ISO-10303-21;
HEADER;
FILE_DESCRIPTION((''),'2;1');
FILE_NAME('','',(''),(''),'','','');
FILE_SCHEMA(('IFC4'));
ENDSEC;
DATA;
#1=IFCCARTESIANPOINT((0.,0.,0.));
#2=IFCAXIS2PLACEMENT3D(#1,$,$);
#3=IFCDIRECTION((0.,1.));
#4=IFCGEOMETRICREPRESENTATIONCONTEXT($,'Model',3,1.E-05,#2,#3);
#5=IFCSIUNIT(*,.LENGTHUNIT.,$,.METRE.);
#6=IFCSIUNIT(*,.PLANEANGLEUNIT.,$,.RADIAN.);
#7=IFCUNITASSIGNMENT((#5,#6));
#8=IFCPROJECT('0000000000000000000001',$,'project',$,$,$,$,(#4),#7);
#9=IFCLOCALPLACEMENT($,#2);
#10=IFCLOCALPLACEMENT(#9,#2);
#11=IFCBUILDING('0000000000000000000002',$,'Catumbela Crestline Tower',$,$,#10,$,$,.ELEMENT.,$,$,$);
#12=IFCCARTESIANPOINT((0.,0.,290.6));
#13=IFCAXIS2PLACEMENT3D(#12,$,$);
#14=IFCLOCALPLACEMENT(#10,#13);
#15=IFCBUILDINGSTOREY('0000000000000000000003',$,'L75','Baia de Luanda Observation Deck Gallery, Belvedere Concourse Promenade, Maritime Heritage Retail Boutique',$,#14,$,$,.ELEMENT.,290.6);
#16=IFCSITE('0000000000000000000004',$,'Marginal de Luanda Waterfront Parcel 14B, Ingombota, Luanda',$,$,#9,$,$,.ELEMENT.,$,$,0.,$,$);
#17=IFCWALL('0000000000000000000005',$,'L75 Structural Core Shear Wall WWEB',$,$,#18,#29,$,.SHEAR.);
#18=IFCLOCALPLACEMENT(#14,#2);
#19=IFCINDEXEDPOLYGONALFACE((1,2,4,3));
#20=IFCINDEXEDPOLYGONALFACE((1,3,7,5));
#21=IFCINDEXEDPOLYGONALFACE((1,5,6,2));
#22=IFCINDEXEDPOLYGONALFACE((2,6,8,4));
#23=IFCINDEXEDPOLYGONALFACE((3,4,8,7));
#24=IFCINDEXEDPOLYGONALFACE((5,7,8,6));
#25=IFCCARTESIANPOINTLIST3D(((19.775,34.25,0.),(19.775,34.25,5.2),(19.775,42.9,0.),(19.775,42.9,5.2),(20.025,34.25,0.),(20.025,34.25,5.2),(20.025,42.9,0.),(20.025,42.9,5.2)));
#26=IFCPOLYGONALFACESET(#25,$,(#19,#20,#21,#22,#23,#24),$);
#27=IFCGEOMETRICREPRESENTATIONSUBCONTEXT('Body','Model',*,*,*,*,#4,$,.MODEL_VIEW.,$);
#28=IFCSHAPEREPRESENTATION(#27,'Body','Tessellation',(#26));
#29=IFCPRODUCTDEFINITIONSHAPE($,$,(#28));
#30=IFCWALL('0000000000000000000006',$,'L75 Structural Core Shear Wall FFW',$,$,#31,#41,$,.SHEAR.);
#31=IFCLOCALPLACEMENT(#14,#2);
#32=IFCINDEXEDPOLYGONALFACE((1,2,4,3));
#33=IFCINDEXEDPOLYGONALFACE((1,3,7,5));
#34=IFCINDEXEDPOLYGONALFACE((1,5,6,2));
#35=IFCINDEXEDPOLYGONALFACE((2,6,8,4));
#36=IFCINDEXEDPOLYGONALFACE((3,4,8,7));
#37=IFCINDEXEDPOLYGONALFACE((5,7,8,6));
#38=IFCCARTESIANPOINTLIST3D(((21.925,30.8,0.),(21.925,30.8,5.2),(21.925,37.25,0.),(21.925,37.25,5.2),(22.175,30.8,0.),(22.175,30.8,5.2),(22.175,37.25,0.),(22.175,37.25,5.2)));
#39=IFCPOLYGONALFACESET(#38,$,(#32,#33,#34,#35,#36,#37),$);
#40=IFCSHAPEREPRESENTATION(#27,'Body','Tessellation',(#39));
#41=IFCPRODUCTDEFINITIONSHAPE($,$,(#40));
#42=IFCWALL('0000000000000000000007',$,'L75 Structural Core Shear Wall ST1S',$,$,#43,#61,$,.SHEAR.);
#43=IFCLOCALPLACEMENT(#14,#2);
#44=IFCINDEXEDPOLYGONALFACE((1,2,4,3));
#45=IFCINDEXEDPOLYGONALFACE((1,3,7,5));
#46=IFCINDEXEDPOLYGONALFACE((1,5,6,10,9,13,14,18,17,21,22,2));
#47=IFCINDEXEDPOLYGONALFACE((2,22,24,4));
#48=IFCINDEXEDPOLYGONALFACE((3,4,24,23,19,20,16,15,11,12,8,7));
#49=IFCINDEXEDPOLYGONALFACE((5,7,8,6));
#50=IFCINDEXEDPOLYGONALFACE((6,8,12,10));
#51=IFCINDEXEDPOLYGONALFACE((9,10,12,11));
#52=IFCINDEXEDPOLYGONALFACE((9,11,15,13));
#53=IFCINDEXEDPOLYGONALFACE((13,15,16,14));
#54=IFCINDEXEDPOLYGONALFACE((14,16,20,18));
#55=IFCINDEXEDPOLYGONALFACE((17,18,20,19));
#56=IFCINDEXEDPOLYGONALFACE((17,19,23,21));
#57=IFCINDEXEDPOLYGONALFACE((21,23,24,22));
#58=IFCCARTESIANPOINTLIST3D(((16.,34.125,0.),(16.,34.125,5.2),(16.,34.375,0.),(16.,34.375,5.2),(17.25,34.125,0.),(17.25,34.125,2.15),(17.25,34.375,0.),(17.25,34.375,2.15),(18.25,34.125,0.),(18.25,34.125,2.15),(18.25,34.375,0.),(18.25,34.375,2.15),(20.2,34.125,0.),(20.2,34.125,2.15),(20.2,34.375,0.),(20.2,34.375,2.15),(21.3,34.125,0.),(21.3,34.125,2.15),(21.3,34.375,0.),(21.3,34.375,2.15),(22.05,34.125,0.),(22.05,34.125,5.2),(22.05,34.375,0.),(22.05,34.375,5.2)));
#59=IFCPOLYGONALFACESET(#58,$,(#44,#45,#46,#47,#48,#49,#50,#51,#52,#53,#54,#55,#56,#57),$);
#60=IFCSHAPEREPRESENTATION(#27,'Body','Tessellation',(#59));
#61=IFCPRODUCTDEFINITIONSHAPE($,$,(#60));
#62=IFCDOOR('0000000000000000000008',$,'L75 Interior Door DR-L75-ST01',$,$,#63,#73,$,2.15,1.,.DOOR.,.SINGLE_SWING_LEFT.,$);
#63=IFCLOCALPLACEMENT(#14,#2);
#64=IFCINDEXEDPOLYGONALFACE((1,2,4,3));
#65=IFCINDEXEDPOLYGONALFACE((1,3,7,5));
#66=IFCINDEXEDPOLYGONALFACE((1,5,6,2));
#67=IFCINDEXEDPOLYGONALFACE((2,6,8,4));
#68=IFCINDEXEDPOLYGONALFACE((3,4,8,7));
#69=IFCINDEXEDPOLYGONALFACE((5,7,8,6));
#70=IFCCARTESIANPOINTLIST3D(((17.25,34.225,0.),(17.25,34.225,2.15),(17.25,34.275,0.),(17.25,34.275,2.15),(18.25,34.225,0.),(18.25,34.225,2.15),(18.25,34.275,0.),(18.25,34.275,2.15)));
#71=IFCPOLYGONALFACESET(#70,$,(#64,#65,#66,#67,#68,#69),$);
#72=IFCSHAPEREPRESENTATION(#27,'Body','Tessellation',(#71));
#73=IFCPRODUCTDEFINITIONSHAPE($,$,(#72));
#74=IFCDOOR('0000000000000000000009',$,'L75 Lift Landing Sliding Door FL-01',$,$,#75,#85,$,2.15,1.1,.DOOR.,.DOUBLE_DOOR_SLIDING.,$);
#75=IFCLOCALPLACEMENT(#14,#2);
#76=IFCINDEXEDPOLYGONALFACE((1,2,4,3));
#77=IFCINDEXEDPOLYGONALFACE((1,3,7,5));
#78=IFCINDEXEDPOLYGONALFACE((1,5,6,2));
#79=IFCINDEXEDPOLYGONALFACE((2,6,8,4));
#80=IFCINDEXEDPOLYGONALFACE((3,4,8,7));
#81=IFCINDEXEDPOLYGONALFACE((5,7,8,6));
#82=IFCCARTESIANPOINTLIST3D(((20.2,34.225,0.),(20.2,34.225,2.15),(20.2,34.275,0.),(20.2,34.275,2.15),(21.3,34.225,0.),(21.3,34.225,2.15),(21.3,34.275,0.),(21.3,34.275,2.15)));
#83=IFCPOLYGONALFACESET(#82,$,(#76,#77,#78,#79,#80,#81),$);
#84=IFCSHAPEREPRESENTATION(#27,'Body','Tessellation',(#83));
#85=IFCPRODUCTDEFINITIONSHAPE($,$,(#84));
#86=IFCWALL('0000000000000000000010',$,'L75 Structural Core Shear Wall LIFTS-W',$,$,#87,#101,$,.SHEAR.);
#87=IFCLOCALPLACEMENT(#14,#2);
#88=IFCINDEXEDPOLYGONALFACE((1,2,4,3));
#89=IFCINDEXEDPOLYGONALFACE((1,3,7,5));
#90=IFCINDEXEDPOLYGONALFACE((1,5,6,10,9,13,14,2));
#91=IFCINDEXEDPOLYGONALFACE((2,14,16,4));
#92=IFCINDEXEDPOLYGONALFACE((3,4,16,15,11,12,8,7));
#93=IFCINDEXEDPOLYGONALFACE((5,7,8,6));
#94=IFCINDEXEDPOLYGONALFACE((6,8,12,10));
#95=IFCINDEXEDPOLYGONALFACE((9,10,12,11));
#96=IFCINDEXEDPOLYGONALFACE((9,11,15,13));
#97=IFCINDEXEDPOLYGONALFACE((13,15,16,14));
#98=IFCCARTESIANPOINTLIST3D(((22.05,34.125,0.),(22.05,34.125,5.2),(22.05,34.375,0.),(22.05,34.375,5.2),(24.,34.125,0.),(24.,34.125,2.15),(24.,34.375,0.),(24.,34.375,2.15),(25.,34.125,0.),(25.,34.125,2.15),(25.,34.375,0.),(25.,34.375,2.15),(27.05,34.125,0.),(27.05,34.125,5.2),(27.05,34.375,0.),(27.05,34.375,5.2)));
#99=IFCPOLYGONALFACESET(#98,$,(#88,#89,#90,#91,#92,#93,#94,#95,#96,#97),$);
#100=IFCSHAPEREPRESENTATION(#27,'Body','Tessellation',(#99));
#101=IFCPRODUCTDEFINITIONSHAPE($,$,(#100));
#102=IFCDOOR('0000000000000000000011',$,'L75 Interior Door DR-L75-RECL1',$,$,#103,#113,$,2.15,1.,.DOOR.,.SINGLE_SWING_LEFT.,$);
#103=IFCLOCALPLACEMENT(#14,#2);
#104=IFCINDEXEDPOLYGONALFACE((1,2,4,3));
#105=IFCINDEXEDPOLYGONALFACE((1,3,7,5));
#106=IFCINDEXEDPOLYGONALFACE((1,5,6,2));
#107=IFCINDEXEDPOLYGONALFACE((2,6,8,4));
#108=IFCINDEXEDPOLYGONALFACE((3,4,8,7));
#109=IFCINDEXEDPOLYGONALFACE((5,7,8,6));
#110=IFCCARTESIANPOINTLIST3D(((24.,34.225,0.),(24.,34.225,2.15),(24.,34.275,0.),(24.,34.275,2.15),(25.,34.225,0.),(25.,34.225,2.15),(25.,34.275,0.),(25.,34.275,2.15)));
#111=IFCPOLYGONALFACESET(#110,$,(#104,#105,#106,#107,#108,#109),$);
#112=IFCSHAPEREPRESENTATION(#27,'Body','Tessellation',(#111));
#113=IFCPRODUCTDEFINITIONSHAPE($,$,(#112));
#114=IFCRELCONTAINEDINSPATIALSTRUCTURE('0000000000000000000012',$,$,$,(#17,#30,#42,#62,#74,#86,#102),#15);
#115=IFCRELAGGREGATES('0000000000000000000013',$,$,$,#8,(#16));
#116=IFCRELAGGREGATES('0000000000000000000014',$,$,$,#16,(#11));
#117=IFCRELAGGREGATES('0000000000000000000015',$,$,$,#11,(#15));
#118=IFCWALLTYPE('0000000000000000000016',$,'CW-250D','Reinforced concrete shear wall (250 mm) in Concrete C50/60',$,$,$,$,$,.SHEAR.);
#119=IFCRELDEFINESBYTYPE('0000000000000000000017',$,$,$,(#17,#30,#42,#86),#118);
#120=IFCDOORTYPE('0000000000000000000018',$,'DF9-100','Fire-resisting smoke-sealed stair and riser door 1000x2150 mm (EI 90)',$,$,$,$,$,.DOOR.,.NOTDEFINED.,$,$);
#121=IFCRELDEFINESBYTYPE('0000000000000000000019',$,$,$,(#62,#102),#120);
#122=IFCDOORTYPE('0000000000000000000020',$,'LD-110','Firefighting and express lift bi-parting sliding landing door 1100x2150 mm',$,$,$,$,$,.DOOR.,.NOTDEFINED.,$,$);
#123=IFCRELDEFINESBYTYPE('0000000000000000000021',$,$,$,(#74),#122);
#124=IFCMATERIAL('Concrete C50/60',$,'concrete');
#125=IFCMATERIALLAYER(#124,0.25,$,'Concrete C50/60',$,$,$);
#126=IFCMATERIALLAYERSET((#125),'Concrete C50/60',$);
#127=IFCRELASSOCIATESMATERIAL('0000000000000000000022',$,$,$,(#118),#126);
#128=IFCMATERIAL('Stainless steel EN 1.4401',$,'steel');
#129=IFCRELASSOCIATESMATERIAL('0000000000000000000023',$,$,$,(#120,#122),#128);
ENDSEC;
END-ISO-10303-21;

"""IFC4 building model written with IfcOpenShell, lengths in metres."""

from ifc_helpers import new_model, si_unit, direction, frame, frame_2d, origin, place, context, subcontext, project, spatial, rectangle, extrude, material, layer, layer_set, type_object, element, fill, save


model = new_model("IFC4")

# Units and contexts
model_context = context("Model", 3, precision=1e-05, world=origin(), true_north=direction((0.0, 1.0)))
body_context = subcontext(model_context, "Body", "Model", "MODEL_VIEW")
ifc_project = project(units=[si_unit("LENGTHUNIT", "METRE"), si_unit("PLANEANGLEUNIT", "RADIAN")], contexts=[model_context])

# Site, building, storey
site_placement = place(None, origin())
site = spatial("IfcSite", under=ifc_project, at=site_placement, Name="Marginal de Luanda Waterfront Parcel 14B, Ingombota, Luanda", CompositionType="ELEMENT", RefElevation=0.0)
building_placement = place(site_placement, origin())
building = spatial("IfcBuilding", under=site, at=building_placement, Name="Catumbela Crestline Tower", CompositionType="ELEMENT")
storey_placement = place(building_placement, frame((0.0, 0.0, 290.6)))
storey = spatial("IfcBuildingStorey", under=building, at=storey_placement, Name="L75", Description="Baia de Luanda Observation Deck Gallery, Belvedere Concourse Promenade, Maritime Heritage Retail Boutique", CompositionType="ELEMENT", Elevation=290.6)

# Walls
ifc_material_1 = material(Name="Concrete C50/60", Category="concrete")
ifc_layer_1 = layer(ifc_material_1, 0.25, Name="Concrete C50/60")
ifc_layer_set_1 = layer_set([ifc_layer_1], Name="Concrete C50/60")
wall_type_1 = type_object("IfcWallType", Name="CW-250D", Description="Reinforced concrete shear wall (250 mm) in Concrete C50/60", PredefinedType="SHEAR", material=ifc_layer_set_1)
wall_1_placement = place(storey_placement, frame((19.9, 34.25, 0.0), z_axis=(0.0, 0.0, 1.0), x_axis=(0.0, 1.0, 0.0)))
element("IfcWall", 1, at=wall_1_placement, inside=storey, type_object=wall_type_1, Name="L75 Structural Core Shear Wall WWEB", PredefinedType="SHEAR", context=body_context, shape_type="SweptSolid", body=[
    extrude(rectangle(XDim=8.65, YDim=0.25, at=frame_2d((4.325, 0.0))), origin(), (0.0, 0.0, 1.0), 5.2),
])
wall_2_placement = place(storey_placement, frame((22.05, 30.8, 0.0), z_axis=(0.0, 0.0, 1.0), x_axis=(0.0, 1.0, 0.0)))
element("IfcWall", 2, at=wall_2_placement, inside=storey, type_object=wall_type_1, Name="L75 Structural Core Shear Wall FFW", PredefinedType="SHEAR", context=body_context, shape_type="SweptSolid", body=[
    extrude(rectangle(XDim=6.45, YDim=0.25, at=frame_2d((3.225, 0.0))), origin(), (0.0, 0.0, 1.0), 5.2),
])

# Wall, openings, doors
wall_3_placement = place(storey_placement, frame((16.0, 34.25, 0.0), z_axis=(0.0, 0.0, 1.0), x_axis=(1.0, 0.0, 0.0)))
wall_3 = element("IfcWall", 3, at=wall_3_placement, inside=storey, type_object=wall_type_1, Name="L75 Structural Core Shear Wall ST1S", PredefinedType="SHEAR", context=body_context, shape_type="SweptSolid", body=[
    extrude(rectangle(XDim=6.05, YDim=0.25, at=frame_2d((3.025, 0.0))), origin(), (0.0, 0.0, 1.0), 5.2),
])
opening_1_placement = place(wall_3_placement, frame((1.25, 0.0, 0.0)))
opening_1 = element("IfcOpeningElement", 4, at=opening_1_placement, cuts=wall_3, PredefinedType="OPENING", context=body_context, shape_type="SweptSolid", body=[
    extrude(rectangle(XDim=1.0, YDim=2.15, at=frame_2d((0.5, 1.075))), frame((0.0, 0.135, 0.0), z_axis=(0.0, -1.0, 0.0), x_axis=(1.0, 0.0, 0.0)), (0.0, 0.0, 1.0), 0.27),
])
opening_2_placement = place(wall_3_placement, frame((4.2, 0.0, 0.0)))
opening_2 = element("IfcOpeningElement", 5, at=opening_2_placement, cuts=wall_3, PredefinedType="OPENING", context=body_context, shape_type="SweptSolid", body=[
    extrude(rectangle(XDim=1.1, YDim=2.15, at=frame_2d((0.55, 1.075))), frame((0.0, 0.135, 0.0), z_axis=(0.0, -1.0, 0.0), x_axis=(1.0, 0.0, 0.0)), (0.0, 0.0, 1.0), 0.27),
])
ifc_material_2 = material(Name="Stainless steel EN 1.4401", Category="steel")
door_type_1 = type_object("IfcDoorType", Name="DF9-100", Description="Fire-resisting smoke-sealed stair and riser door 1000x2150 mm (EI 90)", OperationType="NOTDEFINED", PredefinedType="DOOR", material=ifc_material_2)
door_1_placement = place(opening_1_placement, origin())
door_1 = element("IfcDoor", 6, at=door_1_placement, inside=storey, type_object=door_type_1, Name="L75 Interior Door DR-L75-ST01", OperationType="SINGLE_SWING_LEFT", OverallHeight=2.15, OverallWidth=1.0, PredefinedType="DOOR", context=body_context, shape_type="SweptSolid", body=[
    extrude(rectangle(XDim=1.0, YDim=2.15, at=frame_2d((0.5, 1.075))), frame((0.0, 0.025, 0.0), z_axis=(0.0, -1.0, 0.0), x_axis=(1.0, 0.0, 0.0)), (0.0, 0.0, 1.0), 0.05),
])
fill(opening_1, door_1)
door_type_2 = type_object("IfcDoorType", Name="LD-110", Description="Firefighting and express lift bi-parting sliding landing door 1100x2150 mm", OperationType="NOTDEFINED", PredefinedType="DOOR", material=ifc_material_2)
door_2_placement = place(opening_2_placement, origin())
door_2 = element("IfcDoor", 7, at=door_2_placement, inside=storey, type_object=door_type_2, Name="L75 Lift Landing Sliding Door FL-01", OperationType="DOUBLE_DOOR_SLIDING", OverallHeight=2.15, OverallWidth=1.1, PredefinedType="DOOR", context=body_context, shape_type="SweptSolid", body=[
    extrude(rectangle(XDim=1.1, YDim=2.15, at=frame_2d((0.55, 1.075))), frame((0.0, 0.025, 0.0), z_axis=(0.0, -1.0, 0.0), x_axis=(1.0, 0.0, 0.0)), (0.0, 0.0, 1.0), 0.05),
])
fill(opening_2, door_2)

# Wall, opening, door
wall_4_placement = place(storey_placement, frame((22.05, 34.25, 0.0), z_axis=(0.0, 0.0, 1.0), x_axis=(1.0, 0.0, 0.0)))
wall_4 = element("IfcWall", 8, at=wall_4_placement, inside=storey, type_object=wall_type_1, Name="L75 Structural Core Shear Wall LIFTS-W", PredefinedType="SHEAR", context=body_context, shape_type="SweptSolid", body=[
    extrude(rectangle(XDim=5.0, YDim=0.25, at=frame_2d((2.5, 0.0))), origin(), (0.0, 0.0, 1.0), 5.2),
])
opening_3_placement = place(wall_4_placement, frame((1.95, 0.0, 0.0)))
opening_3 = element("IfcOpeningElement", 9, at=opening_3_placement, cuts=wall_4, PredefinedType="OPENING", context=body_context, shape_type="SweptSolid", body=[
    extrude(rectangle(XDim=1.0, YDim=2.15, at=frame_2d((0.5, 1.075))), frame((0.0, 0.135, 0.0), z_axis=(0.0, -1.0, 0.0), x_axis=(1.0, 0.0, 0.0)), (0.0, 0.0, 1.0), 0.27),
])
door_3_placement = place(opening_3_placement, origin())
door_3 = element("IfcDoor", 10, at=door_3_placement, inside=storey, type_object=door_type_1, Name="L75 Interior Door DR-L75-RECL1", OperationType="SINGLE_SWING_LEFT", OverallHeight=2.15, OverallWidth=1.0, PredefinedType="DOOR", context=body_context, shape_type="SweptSolid", body=[
    extrude(rectangle(XDim=1.0, YDim=2.15, at=frame_2d((0.5, 1.075))), frame((0.0, 0.025, 0.0), z_axis=(0.0, -1.0, 0.0), x_axis=(1.0, 0.0, 0.0)), (0.0, 0.0, 1.0), 0.05),
])
fill(opening_3, door_3)

save(model, "model.ifc")
